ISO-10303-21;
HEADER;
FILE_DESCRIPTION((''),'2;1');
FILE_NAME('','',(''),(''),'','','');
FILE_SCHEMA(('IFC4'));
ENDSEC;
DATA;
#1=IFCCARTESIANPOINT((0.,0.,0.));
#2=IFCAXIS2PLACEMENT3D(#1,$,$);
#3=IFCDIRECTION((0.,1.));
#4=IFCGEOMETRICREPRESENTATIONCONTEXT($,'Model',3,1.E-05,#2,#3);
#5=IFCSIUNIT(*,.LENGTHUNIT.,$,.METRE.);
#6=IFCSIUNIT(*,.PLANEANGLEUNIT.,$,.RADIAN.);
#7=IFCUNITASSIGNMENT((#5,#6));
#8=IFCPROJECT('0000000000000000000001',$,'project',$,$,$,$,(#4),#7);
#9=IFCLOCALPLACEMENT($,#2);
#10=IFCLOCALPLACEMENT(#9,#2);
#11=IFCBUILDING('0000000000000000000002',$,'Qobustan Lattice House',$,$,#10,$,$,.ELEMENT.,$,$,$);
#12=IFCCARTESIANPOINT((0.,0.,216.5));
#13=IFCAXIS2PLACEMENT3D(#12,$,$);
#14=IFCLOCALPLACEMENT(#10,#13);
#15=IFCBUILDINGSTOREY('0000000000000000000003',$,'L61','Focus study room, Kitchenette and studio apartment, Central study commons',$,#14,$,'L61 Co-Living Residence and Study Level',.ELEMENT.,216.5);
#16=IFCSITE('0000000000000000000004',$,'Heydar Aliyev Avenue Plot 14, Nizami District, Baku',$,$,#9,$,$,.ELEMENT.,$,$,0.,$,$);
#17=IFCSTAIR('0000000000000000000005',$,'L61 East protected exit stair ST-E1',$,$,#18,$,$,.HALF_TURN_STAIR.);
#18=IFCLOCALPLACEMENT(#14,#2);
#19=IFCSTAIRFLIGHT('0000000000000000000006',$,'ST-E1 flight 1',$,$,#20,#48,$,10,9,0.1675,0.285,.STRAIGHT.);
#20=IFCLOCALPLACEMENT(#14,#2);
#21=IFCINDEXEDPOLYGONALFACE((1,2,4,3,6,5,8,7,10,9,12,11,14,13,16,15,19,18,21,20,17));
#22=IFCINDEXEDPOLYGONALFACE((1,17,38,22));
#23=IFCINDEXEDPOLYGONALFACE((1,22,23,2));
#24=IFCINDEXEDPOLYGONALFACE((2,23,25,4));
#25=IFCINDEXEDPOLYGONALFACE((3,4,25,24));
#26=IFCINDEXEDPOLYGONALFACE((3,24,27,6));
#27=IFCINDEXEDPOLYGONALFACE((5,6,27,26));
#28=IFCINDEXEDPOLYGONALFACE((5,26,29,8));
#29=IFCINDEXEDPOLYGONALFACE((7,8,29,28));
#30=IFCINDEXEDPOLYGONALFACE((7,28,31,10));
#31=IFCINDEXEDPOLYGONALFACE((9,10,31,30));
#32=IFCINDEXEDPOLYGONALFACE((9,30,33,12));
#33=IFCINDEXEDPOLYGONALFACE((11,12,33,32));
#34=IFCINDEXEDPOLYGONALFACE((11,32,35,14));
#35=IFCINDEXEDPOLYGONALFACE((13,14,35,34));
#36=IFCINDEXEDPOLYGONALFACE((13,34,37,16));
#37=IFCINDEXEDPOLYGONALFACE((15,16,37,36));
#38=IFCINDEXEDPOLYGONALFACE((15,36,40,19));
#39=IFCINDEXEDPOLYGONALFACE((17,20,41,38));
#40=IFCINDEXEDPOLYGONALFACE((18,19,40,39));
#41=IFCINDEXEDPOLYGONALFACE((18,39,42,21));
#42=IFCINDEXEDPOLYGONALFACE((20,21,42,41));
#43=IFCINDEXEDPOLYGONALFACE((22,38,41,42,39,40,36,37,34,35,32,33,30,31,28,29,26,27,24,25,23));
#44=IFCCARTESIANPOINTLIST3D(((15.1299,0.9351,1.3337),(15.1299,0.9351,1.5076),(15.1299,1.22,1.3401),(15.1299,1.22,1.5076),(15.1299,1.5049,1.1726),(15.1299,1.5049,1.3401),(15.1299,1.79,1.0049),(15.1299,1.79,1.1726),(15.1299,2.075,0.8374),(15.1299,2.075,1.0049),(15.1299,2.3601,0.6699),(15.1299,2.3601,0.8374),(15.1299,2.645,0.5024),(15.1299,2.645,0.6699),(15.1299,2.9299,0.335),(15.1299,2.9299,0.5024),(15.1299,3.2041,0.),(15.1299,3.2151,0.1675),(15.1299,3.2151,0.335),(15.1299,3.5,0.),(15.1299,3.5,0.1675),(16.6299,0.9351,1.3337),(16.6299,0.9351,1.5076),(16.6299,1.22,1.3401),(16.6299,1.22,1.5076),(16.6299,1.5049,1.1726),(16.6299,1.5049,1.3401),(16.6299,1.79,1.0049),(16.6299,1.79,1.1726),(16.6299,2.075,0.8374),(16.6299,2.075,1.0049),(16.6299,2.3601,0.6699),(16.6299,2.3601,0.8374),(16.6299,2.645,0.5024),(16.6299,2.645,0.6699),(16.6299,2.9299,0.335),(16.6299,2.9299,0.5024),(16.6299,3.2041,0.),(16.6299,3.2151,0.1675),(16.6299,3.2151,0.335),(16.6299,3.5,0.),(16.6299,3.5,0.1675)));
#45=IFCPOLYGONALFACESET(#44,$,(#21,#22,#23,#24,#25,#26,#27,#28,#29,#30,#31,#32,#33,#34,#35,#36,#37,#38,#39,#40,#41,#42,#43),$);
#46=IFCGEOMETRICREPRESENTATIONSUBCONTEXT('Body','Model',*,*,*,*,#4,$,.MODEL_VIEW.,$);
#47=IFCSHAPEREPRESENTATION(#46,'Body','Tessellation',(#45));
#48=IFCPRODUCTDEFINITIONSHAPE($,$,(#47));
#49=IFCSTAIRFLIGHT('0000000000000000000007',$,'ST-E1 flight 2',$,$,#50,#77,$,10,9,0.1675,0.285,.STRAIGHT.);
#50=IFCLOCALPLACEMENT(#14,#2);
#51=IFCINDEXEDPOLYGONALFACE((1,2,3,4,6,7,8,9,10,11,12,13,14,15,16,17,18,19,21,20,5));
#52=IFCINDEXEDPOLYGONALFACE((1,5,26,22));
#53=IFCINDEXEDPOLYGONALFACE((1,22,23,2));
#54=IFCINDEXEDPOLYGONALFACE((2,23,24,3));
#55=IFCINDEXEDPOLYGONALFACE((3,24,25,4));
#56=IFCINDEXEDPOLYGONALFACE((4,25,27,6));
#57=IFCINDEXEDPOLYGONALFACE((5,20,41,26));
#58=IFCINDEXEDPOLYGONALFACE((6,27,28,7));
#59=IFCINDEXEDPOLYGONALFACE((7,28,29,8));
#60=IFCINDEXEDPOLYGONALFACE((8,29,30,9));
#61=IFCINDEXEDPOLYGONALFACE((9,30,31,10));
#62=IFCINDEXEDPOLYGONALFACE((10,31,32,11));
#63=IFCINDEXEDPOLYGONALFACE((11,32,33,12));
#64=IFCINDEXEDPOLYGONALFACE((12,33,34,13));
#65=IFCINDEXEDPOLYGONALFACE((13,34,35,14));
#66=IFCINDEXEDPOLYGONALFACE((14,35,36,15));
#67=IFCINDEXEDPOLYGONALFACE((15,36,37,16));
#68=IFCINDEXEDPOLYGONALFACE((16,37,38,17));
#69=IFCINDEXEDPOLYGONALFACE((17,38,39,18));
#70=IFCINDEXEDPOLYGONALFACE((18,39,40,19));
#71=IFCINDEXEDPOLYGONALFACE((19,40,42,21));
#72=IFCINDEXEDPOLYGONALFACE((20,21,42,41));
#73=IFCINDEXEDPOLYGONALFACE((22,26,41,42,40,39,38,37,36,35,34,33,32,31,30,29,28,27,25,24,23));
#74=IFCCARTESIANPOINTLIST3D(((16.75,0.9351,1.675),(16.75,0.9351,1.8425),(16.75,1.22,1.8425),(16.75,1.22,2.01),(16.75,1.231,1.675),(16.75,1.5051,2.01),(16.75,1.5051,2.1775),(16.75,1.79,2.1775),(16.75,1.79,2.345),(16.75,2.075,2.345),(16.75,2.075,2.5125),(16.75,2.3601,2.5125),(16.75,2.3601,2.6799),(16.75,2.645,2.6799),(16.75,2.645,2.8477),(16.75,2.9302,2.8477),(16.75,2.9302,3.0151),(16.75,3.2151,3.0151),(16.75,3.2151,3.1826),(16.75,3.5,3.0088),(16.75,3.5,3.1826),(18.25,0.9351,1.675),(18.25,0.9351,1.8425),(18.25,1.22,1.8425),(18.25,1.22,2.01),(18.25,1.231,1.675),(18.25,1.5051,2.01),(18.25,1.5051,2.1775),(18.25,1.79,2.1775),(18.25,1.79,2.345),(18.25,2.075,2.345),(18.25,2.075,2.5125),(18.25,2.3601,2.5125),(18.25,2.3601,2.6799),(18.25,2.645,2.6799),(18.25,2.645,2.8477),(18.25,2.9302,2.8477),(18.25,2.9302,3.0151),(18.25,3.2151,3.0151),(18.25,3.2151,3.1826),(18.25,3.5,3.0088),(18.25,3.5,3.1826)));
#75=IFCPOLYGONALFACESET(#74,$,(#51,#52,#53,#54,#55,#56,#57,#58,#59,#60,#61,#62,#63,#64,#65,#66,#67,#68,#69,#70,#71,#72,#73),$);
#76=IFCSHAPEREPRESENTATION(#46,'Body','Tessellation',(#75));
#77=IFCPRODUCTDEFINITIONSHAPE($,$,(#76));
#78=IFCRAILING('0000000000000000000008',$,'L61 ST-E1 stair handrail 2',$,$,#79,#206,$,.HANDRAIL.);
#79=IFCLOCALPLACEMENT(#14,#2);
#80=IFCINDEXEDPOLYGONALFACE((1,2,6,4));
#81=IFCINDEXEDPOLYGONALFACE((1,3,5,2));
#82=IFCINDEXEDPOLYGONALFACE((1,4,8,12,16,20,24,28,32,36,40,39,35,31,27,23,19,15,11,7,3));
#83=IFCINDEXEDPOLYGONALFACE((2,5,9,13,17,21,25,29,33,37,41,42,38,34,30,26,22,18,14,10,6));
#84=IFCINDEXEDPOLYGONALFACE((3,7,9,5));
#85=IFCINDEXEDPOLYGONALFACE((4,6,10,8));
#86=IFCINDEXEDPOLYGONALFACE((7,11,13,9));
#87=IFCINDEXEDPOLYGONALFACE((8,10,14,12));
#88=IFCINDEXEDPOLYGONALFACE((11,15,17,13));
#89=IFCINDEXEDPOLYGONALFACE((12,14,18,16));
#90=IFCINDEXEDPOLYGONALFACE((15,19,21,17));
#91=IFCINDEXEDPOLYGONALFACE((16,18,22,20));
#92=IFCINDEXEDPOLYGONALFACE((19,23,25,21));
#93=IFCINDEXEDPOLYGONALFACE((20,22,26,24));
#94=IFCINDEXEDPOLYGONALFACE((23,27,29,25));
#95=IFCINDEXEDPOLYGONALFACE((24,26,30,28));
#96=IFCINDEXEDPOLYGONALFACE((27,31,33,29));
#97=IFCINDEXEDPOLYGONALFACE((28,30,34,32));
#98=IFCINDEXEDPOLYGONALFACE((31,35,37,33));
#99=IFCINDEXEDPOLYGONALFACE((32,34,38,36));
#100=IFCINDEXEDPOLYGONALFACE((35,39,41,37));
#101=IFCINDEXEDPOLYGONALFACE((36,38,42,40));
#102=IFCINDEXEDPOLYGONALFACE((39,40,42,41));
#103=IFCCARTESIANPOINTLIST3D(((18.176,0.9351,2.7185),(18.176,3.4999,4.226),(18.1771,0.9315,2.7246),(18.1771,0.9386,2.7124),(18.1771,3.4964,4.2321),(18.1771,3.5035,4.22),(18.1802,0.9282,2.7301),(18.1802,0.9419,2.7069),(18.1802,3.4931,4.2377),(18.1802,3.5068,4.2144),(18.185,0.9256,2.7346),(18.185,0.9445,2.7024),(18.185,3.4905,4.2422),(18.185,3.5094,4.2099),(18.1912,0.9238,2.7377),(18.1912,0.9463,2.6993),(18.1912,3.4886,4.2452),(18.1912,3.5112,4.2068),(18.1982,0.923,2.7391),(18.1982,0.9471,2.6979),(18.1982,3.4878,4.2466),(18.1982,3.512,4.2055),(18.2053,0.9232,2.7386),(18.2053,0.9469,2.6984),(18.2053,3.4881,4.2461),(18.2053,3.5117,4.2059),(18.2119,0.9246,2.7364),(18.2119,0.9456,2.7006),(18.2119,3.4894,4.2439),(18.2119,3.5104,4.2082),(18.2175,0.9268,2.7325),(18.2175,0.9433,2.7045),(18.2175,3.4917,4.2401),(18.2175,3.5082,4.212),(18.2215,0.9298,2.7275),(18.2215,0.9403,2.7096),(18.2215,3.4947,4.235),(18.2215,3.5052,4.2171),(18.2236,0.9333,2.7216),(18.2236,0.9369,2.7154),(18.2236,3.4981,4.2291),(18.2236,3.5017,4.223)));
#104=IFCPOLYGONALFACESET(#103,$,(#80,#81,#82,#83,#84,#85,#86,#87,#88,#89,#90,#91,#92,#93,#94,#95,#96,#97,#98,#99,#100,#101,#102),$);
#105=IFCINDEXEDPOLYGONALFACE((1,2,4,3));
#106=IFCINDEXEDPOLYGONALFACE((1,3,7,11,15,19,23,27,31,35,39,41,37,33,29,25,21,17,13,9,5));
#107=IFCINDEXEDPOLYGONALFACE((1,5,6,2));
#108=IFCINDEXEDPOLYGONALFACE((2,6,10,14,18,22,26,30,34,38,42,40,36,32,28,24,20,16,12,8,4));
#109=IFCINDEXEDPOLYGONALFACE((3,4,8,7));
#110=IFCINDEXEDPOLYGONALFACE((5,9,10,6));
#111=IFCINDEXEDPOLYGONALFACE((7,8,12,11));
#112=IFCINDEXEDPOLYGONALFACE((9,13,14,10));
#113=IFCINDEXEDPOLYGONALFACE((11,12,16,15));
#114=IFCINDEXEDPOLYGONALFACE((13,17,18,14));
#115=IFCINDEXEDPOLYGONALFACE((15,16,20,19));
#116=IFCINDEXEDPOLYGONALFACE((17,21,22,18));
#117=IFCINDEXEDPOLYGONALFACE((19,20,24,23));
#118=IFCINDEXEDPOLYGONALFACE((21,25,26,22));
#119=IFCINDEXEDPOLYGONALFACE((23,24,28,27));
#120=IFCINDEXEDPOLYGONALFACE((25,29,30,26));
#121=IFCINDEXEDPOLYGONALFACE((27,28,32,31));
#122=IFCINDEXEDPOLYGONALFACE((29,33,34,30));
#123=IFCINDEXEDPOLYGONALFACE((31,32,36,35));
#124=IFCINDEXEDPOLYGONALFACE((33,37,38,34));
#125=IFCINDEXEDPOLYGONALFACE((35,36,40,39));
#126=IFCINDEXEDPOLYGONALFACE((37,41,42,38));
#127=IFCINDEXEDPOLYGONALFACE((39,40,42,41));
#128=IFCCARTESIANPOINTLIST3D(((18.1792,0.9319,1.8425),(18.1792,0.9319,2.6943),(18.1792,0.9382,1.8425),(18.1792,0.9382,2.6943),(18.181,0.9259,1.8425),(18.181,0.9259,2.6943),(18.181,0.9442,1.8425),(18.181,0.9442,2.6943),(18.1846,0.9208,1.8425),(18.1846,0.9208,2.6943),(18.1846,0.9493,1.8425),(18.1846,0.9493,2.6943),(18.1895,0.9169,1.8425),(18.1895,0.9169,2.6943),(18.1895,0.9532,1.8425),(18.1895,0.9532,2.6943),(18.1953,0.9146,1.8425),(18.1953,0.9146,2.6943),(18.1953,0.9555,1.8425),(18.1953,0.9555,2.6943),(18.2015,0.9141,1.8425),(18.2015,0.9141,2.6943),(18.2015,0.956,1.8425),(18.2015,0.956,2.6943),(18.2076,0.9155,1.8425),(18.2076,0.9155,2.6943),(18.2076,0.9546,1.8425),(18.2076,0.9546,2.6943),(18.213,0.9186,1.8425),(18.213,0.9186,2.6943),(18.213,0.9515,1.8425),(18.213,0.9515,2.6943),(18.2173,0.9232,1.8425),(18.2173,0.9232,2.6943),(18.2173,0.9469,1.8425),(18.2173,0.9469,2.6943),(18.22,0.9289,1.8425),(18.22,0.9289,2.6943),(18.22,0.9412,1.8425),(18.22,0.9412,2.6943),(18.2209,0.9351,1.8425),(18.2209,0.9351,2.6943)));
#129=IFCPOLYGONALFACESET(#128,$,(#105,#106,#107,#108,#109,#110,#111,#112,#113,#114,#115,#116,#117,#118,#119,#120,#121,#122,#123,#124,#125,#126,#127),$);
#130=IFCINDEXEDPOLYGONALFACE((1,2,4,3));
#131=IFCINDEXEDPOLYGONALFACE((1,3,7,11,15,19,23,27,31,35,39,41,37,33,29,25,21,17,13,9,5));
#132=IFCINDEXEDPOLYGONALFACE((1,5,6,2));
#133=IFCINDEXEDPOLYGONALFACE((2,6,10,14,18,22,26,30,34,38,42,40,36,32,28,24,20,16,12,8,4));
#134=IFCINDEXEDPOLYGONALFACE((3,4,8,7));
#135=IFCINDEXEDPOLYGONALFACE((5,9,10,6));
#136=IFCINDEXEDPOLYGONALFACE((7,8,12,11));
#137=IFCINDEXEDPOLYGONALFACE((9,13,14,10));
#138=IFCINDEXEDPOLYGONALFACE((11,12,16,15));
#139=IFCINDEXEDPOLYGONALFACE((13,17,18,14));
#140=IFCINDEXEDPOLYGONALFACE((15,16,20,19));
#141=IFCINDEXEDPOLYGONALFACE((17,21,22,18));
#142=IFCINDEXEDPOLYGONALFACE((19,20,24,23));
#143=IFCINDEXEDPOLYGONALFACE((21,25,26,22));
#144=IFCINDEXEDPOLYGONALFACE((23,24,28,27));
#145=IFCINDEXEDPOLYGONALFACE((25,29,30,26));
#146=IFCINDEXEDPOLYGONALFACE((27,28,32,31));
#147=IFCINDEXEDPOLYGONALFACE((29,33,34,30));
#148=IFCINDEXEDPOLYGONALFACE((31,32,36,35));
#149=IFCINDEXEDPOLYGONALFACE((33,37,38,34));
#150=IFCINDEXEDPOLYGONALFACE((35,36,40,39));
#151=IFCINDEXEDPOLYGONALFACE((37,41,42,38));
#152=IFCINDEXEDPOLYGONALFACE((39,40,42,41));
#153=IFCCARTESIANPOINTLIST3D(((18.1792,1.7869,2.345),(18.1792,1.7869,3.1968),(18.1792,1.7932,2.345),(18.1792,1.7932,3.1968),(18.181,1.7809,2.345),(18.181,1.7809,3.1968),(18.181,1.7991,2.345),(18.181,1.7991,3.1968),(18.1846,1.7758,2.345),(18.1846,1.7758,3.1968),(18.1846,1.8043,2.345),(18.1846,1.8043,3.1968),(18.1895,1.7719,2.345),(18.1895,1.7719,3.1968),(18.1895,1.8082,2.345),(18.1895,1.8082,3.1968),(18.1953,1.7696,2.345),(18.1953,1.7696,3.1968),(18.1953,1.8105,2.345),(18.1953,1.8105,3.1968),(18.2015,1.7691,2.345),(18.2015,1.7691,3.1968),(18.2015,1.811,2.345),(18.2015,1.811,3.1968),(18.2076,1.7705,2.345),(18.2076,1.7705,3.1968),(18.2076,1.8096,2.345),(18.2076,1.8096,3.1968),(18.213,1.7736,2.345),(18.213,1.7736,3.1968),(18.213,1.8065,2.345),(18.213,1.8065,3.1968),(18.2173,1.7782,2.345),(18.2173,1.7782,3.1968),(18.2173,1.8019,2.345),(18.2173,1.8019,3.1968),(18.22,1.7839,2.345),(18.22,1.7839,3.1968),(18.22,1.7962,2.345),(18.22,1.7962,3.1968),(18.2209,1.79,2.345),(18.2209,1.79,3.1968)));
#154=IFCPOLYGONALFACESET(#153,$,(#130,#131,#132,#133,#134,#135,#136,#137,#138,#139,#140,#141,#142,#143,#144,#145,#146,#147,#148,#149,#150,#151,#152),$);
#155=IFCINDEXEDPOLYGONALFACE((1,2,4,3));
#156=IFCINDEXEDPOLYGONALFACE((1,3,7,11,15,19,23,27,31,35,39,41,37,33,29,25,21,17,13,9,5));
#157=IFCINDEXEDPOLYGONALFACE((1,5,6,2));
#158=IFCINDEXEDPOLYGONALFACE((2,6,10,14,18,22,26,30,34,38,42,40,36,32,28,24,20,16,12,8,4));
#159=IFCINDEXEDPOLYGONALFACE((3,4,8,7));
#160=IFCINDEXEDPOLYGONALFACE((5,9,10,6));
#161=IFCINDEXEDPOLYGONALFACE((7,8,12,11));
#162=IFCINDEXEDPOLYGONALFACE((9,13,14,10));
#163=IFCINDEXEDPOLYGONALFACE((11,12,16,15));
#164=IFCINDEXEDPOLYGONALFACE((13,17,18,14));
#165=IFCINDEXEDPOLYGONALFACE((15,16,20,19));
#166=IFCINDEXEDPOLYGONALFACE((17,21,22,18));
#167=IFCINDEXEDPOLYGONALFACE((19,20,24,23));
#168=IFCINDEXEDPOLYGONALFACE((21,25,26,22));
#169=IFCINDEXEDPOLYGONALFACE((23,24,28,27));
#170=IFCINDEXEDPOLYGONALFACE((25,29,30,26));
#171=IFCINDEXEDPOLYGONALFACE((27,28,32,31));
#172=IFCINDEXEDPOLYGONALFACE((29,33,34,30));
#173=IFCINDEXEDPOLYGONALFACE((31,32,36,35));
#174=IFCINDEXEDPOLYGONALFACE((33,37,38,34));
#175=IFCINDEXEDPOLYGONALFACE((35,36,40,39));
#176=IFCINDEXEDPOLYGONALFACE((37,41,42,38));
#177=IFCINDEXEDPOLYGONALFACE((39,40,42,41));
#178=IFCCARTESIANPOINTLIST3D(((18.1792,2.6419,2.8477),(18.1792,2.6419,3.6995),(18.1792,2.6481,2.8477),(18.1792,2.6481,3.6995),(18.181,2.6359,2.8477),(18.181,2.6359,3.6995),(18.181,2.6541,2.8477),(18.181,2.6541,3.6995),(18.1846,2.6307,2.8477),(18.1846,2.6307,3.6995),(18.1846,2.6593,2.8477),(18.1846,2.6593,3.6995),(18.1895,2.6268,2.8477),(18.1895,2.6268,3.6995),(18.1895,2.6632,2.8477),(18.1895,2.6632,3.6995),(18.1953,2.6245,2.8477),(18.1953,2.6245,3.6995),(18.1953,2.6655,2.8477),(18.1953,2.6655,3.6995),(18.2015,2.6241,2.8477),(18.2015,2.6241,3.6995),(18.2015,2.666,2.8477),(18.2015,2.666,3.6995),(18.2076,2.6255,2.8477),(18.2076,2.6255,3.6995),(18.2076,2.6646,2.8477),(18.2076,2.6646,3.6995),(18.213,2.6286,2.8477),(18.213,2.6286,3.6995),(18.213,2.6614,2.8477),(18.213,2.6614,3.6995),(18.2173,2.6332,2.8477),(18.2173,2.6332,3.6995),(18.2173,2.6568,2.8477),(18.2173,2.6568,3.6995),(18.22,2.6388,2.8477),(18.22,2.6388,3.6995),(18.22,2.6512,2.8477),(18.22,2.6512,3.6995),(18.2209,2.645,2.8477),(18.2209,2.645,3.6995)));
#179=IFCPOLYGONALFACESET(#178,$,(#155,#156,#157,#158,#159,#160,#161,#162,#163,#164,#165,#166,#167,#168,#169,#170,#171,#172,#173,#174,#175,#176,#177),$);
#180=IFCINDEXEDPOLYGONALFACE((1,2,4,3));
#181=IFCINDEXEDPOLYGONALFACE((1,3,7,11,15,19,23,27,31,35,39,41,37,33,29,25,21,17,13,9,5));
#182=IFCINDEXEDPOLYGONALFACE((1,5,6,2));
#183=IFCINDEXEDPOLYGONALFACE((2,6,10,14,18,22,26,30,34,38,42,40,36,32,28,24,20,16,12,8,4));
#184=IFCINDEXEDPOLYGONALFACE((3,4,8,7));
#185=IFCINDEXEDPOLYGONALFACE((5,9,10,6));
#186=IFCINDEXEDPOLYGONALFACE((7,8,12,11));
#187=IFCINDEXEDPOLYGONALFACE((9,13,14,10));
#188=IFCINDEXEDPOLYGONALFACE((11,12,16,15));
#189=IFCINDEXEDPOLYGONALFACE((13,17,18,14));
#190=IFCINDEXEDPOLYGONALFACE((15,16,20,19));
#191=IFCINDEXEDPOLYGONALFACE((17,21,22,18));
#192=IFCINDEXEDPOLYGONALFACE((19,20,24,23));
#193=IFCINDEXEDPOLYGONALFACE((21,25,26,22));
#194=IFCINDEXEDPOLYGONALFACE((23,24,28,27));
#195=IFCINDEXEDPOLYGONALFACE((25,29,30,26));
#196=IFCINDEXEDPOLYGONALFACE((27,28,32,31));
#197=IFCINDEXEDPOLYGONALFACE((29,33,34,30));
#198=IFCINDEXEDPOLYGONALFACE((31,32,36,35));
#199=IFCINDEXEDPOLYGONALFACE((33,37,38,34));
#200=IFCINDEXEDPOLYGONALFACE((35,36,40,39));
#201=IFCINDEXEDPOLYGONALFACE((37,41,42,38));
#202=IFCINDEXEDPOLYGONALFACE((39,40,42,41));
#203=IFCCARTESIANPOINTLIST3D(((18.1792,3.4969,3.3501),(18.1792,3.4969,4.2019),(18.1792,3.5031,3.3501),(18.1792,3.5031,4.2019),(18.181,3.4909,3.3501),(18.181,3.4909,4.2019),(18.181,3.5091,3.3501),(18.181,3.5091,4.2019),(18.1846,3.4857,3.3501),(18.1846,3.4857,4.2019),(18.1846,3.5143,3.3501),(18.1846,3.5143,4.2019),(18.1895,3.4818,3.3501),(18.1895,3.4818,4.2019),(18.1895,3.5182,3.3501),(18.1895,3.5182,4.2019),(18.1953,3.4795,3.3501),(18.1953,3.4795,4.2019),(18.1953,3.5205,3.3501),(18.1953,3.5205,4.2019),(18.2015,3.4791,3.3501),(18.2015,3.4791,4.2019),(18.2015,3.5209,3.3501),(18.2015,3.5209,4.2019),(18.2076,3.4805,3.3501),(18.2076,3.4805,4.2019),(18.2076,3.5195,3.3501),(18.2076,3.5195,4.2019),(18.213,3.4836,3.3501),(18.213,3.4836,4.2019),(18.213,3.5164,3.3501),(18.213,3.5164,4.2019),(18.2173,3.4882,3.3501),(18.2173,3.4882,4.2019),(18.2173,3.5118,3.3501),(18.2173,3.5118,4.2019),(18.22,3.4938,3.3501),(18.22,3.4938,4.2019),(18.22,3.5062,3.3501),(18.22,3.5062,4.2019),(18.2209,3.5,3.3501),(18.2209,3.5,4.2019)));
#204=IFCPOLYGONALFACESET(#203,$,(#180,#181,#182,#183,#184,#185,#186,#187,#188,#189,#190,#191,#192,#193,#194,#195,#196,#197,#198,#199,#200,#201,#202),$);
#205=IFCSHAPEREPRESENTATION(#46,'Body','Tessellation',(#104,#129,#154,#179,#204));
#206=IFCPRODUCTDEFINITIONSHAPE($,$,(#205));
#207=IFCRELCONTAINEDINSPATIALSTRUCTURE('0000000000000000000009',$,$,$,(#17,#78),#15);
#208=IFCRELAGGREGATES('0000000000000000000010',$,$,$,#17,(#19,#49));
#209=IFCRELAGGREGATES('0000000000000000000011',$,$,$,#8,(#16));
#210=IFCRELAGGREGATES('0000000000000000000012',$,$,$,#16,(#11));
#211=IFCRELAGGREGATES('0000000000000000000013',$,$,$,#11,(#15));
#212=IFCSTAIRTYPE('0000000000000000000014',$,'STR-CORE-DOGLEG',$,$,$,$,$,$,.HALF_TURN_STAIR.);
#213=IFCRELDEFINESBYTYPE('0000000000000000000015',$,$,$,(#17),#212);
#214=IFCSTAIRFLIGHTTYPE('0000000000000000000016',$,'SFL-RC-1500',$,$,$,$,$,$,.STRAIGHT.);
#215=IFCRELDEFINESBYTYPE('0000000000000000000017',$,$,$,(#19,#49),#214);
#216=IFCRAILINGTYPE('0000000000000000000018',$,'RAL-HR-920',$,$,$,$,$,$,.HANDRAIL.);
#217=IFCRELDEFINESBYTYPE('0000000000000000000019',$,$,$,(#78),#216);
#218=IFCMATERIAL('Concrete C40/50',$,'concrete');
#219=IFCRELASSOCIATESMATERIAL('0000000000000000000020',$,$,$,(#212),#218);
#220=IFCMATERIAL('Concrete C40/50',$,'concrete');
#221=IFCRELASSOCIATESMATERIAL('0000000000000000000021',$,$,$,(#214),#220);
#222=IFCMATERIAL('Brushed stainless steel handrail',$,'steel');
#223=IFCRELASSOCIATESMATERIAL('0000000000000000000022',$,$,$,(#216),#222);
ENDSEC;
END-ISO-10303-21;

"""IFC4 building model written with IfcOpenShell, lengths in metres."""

from ifc_helpers import new_model, si_unit, direction, frame, origin, origin_2d, place, context, subcontext, project, spatial, polyline, circle, outline, extrude, material, type_object, element, aggregate, save


model = new_model("IFC4")

# Units and contexts
model_context = context("Model", 3, precision=1e-05, world=origin(), true_north=direction((0.0, 1.0)))
body_context = subcontext(model_context, "Body", "Model", "MODEL_VIEW")
ifc_project = project(units=[si_unit("LENGTHUNIT", "METRE"), si_unit("PLANEANGLEUNIT", "RADIAN")], contexts=[model_context])

# Site, building, storey
site_placement = place(None, origin())
site = spatial("IfcSite", under=ifc_project, at=site_placement, Name="Heydar Aliyev Avenue Plot 14, Nizami District, Baku", CompositionType="ELEMENT", RefElevation=0.0)
building_placement = place(site_placement, origin())
building = spatial("IfcBuilding", under=site, at=building_placement, Name="Qobustan Lattice House", CompositionType="ELEMENT")
storey_placement = place(building_placement, frame((0.0, 0.0, 216.5)))
storey = spatial("IfcBuildingStorey", under=building, at=storey_placement, Name="L61", Description="Focus study room, Kitchenette and studio apartment, Central study commons", LongName="L61 Co-Living Residence and Study Level", CompositionType="ELEMENT", Elevation=216.5)

# Stair, stair flights
ifc_material_1 = material(Name="Concrete C40/50", Category="concrete")
stair_type = type_object("IfcStairType", Name="STR-CORE-DOGLEG", PredefinedType="HALF_TURN_STAIR", material=ifc_material_1)
stair_placement = place(storey_placement, origin())
stair = element("IfcStair", 1, at=stair_placement, inside=storey, type_object=stair_type, Name="L61 East protected exit stair ST-E1", PredefinedType="HALF_TURN_STAIR")
ifc_material_2 = material(Name="Concrete C40/50", Category="concrete")
stair_flight_type = type_object("IfcStairFlightType", Name="SFL-RC-1500", PredefinedType="STRAIGHT", material=ifc_material_2)
stair_flight_1_placement = place(storey_placement, frame((15.8799, 3.5, 0.0), z_axis=(0.0, 0.0, 1.0), x_axis=(0.0, -1.0, 0.0)))
stair_flight_1 = element("IfcStairFlight", 2, at=stair_flight_1_placement, type_object=stair_flight_type, Name="ST-E1 flight 1", NumberOfRisers=10, NumberOfTreads=9, PredefinedType="STRAIGHT", RiserHeight=0.1675, TreadLength=0.285, context=body_context, shape_type="SweptSolid", body=[
    extrude(outline(polyline([(0.0, 0.0), (0.0, 0.1675), (0.2849, 0.1675), (0.2849, 0.335), (0.5701, 0.335), (0.5701, 0.5024), (0.855, 0.5024), (0.855, 0.6699), (1.1399, 0.6699), (1.1399, 0.8374), (1.425, 0.8374), (1.425, 1.0049), (1.71, 1.0049), (1.71, 1.1726), (1.9951, 1.1726), (1.9951, 1.3401), (2.28, 1.3401), (2.28, 1.5076), (2.5649, 1.5076), (2.5649, 1.675), (2.5649, 1.3337), (0.2959, 0.0), (0.0, 0.0)])), frame((0.0, 0.75, 0.0), z_axis=(0.0, -1.0, 0.0), x_axis=(1.0, 0.0, 0.0)), (0.0, 0.0, 1.0), 1.5),
])
stair_flight_2_placement = place(storey_placement, frame((17.5, 0.9351, 1.675), z_axis=(0.0, 0.0, 1.0), x_axis=(0.0, 1.0, 0.0)))
stair_flight_2 = element("IfcStairFlight", 3, at=stair_flight_2_placement, type_object=stair_flight_type, Name="ST-E1 flight 2", NumberOfRisers=10, NumberOfTreads=9, PredefinedType="STRAIGHT", RiserHeight=0.1675, TreadLength=0.285, context=body_context, shape_type="SweptSolid", body=[
    extrude(outline(polyline([(0.0, 0.0), (0.0, 0.1675), (0.2849, 0.1675), (0.2849, 0.335), (0.5701, 0.335), (0.5701, 0.5024), (0.855, 0.5024), (0.855, 0.6699), (1.1399, 0.6699), (1.1399, 0.8374), (1.425, 0.8374), (1.425, 1.0049), (1.71, 1.0049), (1.71, 1.1726), (1.9951, 1.1726), (1.9951, 1.3401), (2.28, 1.3401), (2.28, 1.5076), (2.5649, 1.5076), (2.5649, 1.675), (2.5649, 1.3337), (0.2959, 0.0), (0.0, 0.0)])), frame((0.0, 0.75, 0.0), z_axis=(0.0, -1.0, 0.0), x_axis=(1.0, 0.0, 0.0)), (0.0, 0.0, 1.0), 1.5),
])
aggregate(stair, [stair_flight_1, stair_flight_2])

# Railing
ifc_material_3 = material(Name="Brushed stainless steel handrail", Category="steel")
railing_type_1 = type_object("IfcRailingType", Name="RAL-HR-920", PredefinedType="HANDRAIL", material=ifc_material_3)
railing_1_placement = place(storey_placement, frame((18.2, 0.9351, 1.8425)))
element("IfcRailing", 4, at=railing_1_placement, inside=storey, type_object=railing_type_1, Name="L61 ST-E1 stair handrail 2", PredefinedType="HANDRAIL", context=body_context, shape_type="SweptSolid", body=[
    extrude(circle(Radius=0.0239, at=origin_2d()), frame((0.0, 0.0, 0.876), z_axis=(0.0, 0.862113, 0.506715), x_axis=(-1.0, 0.0, 0.0)), (0.0, 0.0, 1.0), 2.9751),
    extrude(circle(Radius=0.021, at=origin_2d()), origin(), (0.0, 0.0, 1.0), 0.8518),
    extrude(circle(Radius=0.021, at=origin_2d()), frame((0.0, 0.855, 0.5024)), (0.0, 0.0, 1.0), 0.8518),
    extrude(circle(Radius=0.021, at=origin_2d()), frame((0.0, 1.71, 1.0051)), (0.0, 0.0, 1.0), 0.8518),
    extrude(circle(Radius=0.021, at=origin_2d()), frame((0.0, 2.5649, 1.5076)), (0.0, 0.0, 1.0), 0.8518),
])

save(model, "model.ifc")
